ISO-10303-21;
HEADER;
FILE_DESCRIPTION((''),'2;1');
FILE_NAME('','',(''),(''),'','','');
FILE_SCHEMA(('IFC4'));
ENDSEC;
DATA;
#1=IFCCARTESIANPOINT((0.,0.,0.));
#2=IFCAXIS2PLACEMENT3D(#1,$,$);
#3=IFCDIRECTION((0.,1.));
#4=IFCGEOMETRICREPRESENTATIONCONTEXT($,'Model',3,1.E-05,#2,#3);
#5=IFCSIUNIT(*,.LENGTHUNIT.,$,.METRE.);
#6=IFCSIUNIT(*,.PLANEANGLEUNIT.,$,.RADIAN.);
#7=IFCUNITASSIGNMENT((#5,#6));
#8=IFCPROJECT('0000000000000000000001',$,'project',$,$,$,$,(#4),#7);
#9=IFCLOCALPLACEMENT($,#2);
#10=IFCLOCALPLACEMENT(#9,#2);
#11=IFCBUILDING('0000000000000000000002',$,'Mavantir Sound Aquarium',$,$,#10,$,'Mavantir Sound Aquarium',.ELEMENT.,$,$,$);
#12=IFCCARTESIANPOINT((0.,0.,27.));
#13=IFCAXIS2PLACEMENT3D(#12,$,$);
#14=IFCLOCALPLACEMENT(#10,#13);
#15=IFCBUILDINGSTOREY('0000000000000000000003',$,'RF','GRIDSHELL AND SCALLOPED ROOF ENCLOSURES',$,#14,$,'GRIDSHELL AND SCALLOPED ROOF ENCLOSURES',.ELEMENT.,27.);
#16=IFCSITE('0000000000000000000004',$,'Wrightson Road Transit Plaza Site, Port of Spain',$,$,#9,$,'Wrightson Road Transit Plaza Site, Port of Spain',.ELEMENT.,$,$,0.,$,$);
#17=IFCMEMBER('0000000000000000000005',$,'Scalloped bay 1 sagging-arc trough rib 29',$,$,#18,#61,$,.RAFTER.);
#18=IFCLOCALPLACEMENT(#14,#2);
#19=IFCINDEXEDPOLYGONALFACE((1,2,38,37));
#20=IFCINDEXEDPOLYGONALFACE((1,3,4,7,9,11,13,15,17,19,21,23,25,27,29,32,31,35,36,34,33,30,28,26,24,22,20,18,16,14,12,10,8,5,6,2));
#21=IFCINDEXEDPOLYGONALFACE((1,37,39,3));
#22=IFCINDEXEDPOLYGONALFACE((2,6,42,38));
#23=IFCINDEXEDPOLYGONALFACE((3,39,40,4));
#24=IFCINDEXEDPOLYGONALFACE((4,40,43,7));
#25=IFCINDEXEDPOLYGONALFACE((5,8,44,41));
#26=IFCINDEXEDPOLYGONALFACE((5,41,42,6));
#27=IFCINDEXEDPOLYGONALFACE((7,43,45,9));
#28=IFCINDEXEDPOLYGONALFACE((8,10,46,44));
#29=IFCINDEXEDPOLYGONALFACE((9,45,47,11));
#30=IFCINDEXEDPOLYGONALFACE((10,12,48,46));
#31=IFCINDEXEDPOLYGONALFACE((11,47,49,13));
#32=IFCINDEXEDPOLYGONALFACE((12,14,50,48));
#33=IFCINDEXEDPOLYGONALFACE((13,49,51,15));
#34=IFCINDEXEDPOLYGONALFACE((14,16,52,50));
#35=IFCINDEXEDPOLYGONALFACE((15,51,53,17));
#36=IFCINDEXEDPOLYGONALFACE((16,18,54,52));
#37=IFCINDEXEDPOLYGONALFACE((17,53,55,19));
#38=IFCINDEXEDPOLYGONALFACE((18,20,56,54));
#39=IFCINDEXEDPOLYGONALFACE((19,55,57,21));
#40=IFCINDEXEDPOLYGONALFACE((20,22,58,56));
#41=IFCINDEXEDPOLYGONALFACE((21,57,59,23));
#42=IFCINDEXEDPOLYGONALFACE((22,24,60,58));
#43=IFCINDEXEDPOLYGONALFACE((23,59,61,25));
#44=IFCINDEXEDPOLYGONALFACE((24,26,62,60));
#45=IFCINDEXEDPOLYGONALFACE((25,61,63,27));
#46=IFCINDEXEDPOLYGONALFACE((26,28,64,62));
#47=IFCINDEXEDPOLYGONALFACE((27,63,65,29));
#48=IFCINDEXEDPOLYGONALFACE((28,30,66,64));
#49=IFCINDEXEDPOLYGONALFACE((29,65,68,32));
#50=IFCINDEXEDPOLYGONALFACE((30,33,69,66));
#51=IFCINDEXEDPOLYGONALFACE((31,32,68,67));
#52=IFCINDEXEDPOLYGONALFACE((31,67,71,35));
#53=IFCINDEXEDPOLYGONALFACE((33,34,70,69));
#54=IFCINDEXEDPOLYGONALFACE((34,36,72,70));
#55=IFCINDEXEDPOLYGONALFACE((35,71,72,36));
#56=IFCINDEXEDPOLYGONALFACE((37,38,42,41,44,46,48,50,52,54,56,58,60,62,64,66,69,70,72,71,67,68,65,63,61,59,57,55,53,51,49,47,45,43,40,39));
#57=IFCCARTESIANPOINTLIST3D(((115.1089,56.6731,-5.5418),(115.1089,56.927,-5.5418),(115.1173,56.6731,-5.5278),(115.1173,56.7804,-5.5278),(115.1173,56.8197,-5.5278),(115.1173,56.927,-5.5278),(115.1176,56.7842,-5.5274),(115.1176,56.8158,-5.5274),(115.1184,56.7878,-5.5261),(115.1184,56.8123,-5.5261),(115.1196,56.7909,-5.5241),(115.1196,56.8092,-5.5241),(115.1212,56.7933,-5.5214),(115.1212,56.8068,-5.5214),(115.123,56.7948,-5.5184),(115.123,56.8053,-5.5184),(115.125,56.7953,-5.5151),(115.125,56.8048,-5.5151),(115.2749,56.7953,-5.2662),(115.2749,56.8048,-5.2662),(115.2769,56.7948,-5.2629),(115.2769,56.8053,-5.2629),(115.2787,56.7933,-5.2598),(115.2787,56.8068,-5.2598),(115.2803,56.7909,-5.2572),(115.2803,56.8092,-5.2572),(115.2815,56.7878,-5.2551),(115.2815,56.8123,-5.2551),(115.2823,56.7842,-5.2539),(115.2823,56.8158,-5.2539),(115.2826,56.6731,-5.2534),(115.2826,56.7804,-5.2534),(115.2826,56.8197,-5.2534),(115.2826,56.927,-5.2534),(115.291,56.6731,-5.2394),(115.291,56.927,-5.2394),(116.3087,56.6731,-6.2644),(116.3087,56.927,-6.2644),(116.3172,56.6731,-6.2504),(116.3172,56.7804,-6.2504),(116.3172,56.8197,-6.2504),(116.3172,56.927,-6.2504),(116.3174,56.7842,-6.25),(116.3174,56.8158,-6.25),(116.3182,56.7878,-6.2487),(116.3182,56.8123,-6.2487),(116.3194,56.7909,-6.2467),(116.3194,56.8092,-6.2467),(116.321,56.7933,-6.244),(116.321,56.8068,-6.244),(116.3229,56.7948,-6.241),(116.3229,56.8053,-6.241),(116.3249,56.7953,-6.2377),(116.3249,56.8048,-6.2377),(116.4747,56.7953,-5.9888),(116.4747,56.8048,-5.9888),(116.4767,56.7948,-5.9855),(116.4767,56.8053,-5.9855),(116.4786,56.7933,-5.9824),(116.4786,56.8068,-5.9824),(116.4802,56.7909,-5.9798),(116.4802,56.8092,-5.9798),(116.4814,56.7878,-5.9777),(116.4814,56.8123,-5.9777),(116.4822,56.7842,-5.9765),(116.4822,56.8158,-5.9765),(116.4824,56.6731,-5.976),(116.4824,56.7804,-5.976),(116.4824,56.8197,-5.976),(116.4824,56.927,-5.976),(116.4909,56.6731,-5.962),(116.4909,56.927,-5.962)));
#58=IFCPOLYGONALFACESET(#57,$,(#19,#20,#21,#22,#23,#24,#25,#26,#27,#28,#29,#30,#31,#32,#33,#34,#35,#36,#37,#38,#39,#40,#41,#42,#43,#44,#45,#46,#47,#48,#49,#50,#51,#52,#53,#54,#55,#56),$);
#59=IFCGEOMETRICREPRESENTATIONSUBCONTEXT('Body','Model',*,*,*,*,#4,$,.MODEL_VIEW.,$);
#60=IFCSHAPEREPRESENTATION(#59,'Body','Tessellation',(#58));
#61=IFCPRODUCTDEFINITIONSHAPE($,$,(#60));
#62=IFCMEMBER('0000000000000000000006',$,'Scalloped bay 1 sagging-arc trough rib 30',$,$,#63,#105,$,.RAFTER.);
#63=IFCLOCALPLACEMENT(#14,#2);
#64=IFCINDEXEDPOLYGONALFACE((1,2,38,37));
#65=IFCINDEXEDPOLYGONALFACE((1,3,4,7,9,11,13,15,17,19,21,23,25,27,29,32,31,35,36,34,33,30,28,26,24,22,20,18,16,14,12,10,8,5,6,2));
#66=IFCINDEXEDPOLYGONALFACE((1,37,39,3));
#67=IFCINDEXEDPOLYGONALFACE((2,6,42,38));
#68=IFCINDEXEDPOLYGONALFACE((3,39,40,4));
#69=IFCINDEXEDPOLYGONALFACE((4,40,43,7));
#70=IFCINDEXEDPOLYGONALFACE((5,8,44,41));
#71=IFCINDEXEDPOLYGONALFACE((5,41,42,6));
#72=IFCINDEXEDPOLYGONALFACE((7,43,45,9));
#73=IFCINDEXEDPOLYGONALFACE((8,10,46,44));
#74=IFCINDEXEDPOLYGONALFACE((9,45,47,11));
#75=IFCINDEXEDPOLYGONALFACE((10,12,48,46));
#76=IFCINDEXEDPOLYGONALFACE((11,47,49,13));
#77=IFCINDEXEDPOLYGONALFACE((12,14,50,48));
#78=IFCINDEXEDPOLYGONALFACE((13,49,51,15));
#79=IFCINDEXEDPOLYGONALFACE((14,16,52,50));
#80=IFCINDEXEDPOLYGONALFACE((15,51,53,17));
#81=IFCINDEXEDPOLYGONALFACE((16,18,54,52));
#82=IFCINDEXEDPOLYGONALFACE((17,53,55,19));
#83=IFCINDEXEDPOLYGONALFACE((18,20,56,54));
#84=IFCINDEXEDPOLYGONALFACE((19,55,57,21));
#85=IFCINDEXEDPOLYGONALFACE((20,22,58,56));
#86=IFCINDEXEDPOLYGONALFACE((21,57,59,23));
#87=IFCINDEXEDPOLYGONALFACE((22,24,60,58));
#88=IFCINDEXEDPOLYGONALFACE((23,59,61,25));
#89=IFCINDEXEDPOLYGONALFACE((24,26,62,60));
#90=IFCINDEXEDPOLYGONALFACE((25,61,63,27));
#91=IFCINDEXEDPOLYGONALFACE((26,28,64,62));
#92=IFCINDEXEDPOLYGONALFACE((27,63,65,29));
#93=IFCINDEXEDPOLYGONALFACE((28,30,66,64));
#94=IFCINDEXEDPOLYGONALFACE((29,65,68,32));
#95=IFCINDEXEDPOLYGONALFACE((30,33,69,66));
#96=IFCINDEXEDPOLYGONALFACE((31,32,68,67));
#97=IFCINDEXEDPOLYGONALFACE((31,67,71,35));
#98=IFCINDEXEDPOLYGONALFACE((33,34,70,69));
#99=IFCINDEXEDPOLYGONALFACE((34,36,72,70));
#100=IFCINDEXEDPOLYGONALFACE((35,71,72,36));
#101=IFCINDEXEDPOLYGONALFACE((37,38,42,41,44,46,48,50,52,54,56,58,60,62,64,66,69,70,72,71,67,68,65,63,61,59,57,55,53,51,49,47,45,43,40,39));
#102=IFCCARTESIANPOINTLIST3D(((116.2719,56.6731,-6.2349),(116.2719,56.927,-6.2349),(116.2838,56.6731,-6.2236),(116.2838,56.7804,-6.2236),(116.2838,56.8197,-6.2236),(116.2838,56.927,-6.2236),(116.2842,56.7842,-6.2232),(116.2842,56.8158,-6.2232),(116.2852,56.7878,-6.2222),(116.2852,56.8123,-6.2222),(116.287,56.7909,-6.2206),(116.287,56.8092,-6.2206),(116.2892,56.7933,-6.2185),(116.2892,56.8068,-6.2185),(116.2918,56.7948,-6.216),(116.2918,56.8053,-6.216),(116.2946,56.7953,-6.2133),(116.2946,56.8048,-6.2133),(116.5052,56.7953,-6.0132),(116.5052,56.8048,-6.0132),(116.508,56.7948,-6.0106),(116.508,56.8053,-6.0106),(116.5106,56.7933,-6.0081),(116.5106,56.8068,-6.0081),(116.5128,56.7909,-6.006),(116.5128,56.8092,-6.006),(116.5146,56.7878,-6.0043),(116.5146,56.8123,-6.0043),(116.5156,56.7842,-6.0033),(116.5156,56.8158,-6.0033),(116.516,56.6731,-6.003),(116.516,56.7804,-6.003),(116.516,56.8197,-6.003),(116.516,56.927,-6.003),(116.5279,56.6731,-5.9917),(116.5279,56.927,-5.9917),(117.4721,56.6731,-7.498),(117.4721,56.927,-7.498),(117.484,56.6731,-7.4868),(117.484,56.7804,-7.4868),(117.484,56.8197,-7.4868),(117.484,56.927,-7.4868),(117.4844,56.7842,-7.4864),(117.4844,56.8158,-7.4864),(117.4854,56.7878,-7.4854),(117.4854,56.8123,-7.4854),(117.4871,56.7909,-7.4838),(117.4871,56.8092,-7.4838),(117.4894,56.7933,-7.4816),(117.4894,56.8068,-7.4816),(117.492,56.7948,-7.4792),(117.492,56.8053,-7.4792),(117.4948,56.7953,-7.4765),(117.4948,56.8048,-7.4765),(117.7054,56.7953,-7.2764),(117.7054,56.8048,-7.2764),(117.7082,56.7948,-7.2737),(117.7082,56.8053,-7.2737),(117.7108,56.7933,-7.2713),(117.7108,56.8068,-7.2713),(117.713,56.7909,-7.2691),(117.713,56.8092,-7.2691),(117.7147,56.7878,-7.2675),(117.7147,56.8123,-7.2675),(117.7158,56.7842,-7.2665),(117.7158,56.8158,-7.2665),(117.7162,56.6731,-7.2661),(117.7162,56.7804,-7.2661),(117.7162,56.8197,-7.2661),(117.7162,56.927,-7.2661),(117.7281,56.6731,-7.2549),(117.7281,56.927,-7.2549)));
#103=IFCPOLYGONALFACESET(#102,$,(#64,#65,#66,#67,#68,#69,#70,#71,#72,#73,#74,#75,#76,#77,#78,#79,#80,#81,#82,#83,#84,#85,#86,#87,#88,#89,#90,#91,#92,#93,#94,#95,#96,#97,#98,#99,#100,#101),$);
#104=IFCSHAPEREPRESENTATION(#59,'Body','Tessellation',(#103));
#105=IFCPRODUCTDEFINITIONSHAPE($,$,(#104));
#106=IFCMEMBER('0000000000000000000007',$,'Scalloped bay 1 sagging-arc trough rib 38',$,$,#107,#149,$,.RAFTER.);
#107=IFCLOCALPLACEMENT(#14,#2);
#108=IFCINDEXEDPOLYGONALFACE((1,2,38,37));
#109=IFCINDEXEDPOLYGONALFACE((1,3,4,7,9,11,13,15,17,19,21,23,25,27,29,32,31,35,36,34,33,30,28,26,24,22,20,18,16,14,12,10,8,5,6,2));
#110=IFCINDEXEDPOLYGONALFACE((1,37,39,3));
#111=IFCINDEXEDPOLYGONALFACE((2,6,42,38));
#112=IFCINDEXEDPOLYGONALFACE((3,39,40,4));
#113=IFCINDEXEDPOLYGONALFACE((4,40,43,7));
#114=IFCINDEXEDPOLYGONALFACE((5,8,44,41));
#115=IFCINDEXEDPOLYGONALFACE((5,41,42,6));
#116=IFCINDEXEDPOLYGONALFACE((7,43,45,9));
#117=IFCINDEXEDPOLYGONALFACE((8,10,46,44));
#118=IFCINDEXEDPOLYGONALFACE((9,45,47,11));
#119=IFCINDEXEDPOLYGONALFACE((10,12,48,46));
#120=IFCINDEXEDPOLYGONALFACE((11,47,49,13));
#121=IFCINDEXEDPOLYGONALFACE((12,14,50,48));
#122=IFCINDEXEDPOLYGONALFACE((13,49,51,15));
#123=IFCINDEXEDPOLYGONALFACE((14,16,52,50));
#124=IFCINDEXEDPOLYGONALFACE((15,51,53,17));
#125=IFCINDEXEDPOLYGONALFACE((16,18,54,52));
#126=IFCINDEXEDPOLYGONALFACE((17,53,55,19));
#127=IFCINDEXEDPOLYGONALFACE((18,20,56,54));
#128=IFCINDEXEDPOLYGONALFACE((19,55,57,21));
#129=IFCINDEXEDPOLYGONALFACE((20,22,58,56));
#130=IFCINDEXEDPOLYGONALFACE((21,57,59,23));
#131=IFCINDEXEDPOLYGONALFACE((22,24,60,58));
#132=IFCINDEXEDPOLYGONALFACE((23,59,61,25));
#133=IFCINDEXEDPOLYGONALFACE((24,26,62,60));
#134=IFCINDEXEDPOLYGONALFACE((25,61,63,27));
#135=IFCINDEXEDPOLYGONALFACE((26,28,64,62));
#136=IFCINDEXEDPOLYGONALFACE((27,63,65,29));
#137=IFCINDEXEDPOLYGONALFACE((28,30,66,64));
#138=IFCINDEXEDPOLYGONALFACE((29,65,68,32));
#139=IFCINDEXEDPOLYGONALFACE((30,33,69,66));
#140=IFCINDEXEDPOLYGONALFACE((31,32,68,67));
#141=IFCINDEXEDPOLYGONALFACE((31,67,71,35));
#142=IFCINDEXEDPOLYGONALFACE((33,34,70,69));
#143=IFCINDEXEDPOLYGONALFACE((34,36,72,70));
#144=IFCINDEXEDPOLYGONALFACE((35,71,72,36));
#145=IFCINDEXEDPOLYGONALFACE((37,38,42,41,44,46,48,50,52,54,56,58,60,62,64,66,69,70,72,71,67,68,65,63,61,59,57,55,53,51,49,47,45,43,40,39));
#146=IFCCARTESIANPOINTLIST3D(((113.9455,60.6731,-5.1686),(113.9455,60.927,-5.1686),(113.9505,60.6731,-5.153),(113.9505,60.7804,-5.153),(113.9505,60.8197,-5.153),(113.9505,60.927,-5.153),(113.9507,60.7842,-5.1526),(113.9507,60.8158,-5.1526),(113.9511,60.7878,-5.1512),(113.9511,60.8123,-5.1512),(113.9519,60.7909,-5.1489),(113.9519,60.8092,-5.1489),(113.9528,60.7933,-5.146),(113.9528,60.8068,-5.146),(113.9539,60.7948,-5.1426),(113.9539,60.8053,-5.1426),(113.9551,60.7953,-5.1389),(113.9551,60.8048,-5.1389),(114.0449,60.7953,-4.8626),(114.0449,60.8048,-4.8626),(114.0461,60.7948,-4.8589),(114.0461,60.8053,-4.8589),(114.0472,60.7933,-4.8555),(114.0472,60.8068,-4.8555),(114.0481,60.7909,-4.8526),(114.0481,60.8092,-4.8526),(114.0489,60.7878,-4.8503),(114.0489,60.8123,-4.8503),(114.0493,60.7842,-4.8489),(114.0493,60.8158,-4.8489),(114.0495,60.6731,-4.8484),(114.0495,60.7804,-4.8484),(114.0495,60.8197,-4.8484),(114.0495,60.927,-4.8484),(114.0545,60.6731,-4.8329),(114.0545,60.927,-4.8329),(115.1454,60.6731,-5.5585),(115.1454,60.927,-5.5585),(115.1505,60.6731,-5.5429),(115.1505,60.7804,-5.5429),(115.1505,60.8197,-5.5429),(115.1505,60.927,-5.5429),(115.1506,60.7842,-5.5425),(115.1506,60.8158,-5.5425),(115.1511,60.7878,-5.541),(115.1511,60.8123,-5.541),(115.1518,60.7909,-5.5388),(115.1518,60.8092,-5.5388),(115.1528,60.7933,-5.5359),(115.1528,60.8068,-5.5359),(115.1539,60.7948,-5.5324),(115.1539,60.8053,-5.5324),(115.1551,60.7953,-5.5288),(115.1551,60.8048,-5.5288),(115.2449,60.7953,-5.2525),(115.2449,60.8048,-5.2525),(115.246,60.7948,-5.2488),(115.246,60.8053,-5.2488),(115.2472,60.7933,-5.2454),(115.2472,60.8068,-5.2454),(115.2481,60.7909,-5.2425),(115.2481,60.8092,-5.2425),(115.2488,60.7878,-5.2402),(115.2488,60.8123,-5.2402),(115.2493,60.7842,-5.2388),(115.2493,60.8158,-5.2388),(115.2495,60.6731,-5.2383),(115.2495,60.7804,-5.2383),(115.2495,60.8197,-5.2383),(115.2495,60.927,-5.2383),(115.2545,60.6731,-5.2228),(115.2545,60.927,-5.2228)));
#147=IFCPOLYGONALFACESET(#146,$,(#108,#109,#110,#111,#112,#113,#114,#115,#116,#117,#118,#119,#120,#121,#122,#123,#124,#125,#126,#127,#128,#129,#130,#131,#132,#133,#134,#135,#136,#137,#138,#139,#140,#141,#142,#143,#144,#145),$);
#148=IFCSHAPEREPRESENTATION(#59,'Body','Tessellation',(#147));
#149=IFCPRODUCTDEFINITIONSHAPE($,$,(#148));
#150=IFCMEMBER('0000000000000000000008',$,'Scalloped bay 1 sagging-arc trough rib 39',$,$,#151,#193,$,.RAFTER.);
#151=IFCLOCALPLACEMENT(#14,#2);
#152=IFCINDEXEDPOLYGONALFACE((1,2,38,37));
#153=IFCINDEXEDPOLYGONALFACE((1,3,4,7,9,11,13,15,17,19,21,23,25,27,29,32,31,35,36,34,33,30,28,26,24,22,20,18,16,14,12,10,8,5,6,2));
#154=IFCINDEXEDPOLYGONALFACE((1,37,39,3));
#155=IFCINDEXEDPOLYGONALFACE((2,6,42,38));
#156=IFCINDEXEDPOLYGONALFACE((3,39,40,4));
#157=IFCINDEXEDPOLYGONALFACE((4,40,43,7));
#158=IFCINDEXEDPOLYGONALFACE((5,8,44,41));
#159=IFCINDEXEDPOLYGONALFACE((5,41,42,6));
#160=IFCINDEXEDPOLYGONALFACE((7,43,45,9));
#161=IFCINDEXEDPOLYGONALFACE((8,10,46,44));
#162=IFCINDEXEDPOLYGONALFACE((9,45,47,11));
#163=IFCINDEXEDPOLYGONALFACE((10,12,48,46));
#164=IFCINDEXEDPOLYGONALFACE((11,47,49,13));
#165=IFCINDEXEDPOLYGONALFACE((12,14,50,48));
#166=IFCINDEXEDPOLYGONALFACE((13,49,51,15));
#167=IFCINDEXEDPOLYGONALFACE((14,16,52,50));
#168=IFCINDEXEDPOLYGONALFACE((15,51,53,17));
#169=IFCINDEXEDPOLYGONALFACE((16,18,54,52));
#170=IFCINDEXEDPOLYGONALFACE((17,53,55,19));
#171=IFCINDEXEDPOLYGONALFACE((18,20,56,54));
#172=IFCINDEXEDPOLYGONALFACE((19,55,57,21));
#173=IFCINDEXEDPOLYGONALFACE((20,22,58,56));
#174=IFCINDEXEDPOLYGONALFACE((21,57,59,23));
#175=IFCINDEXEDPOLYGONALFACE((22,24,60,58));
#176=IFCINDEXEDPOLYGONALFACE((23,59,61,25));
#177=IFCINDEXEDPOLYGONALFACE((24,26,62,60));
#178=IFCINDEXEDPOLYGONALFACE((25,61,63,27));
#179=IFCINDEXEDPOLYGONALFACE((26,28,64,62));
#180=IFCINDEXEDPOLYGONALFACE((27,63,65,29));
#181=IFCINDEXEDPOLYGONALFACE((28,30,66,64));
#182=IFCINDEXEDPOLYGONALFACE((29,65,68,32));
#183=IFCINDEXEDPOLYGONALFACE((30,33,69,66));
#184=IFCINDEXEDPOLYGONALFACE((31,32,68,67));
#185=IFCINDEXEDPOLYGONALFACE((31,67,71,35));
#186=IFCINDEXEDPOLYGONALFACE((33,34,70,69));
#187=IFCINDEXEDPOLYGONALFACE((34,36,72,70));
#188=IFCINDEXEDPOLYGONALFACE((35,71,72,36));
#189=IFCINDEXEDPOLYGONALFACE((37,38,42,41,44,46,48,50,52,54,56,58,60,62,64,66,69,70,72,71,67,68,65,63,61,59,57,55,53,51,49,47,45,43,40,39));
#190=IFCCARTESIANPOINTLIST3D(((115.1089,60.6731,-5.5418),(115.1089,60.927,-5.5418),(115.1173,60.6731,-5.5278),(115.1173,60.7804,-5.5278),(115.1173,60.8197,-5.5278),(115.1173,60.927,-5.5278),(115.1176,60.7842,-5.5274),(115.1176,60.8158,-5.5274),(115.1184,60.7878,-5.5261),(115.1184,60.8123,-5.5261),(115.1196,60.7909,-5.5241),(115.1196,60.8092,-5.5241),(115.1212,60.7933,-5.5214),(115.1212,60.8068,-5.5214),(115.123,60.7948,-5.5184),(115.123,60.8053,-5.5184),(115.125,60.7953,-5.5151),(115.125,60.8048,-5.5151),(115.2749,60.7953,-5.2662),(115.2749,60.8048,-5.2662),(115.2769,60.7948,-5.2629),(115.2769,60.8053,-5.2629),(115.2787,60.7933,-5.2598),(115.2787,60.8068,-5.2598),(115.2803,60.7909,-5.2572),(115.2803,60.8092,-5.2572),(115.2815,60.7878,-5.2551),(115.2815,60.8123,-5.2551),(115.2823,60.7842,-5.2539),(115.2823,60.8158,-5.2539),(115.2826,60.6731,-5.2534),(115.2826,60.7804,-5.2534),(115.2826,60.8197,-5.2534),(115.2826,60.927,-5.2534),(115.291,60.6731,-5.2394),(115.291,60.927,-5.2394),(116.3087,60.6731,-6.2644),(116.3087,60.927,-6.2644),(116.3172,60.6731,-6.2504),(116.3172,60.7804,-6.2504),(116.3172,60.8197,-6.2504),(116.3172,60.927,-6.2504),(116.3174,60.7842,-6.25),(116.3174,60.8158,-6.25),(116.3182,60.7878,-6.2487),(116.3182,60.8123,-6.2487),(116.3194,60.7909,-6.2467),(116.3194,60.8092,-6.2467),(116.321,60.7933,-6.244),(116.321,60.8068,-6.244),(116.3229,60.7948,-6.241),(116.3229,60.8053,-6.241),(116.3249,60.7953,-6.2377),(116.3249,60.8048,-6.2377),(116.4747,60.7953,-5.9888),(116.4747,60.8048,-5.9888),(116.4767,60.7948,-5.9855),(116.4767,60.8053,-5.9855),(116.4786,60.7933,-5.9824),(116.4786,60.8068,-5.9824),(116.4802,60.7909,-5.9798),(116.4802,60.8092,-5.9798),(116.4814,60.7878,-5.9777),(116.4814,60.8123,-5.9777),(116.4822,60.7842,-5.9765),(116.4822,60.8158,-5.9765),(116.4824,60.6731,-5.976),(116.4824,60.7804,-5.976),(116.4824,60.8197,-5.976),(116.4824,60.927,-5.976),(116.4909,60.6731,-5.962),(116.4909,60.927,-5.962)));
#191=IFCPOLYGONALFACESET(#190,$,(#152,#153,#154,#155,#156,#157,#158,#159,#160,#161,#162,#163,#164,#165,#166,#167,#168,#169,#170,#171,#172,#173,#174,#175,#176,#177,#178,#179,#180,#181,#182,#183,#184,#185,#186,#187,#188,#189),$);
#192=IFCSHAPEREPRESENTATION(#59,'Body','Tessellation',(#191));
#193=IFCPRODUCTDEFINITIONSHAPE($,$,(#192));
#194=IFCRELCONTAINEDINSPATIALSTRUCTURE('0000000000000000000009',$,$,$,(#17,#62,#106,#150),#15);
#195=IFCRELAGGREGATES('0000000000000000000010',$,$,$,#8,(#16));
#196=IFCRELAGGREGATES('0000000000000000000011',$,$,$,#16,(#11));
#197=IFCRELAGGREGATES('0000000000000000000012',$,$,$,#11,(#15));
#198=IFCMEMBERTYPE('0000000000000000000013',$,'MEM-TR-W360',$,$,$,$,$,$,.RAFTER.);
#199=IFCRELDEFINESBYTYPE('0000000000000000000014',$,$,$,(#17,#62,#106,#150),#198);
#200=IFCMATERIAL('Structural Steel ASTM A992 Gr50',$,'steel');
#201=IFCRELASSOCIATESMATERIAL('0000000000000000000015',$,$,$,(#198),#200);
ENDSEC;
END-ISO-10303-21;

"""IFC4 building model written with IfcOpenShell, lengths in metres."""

from ifc_helpers import new_model, si_unit, direction, frame, origin, origin_2d, place, context, subcontext, project, spatial, i_section, extrude, material, material_profile, profile_set, type_object, element, save


model = new_model("IFC4")

# Units and contexts
model_context = context("Model", 3, precision=1e-05, world=origin(), true_north=direction((0.0, 1.0)))
body_context = subcontext(model_context, "Body", "Model", "MODEL_VIEW")
ifc_project = project(units=[si_unit("LENGTHUNIT", "METRE"), si_unit("PLANEANGLEUNIT", "RADIAN")], contexts=[model_context])

# Site, building, storey
site_placement = place(None, origin())
site = spatial("IfcSite", under=ifc_project, at=site_placement, Name="Wrightson Road Transit Plaza Site, Port of Spain", LongName="Wrightson Road Transit Plaza Site, Port of Spain", CompositionType="ELEMENT", RefElevation=0.0)
building_placement = place(site_placement, origin())
building = spatial("IfcBuilding", under=site, at=building_placement, Name="Mavantir Sound Aquarium", LongName="Mavantir Sound Aquarium", CompositionType="ELEMENT")
storey_placement = place(building_placement, frame((0.0, 0.0, 27.0)))
storey = spatial("IfcBuildingStorey", under=building, at=storey_placement, Name="RF", Description="GRIDSHELL AND SCALLOPED ROOF ENCLOSURES", LongName="GRIDSHELL AND SCALLOPED ROOF ENCLOSURES", CompositionType="ELEMENT", Elevation=27.0)

# Shared definitions
ifc_material_1 = material(Name="Structural Steel ASTM A992 Gr50", Category="steel")

# Members
ifc_material_profile_1 = material_profile(ifc_material_1, i_section(OverallWidth=0.2539, OverallDepth=0.353, WebThickness=0.0095, FlangeThickness=0.0164, FilletRadius=0.0149, at=origin_2d()), Name="W360X91")
ifc_profile_set_1 = profile_set([ifc_material_profile_1], Name="Structural Steel ASTM A992 Gr50")
member_type_1 = type_object("IfcMemberType", Name="MEM-TR-W360", PredefinedType="RAFTER", material=ifc_profile_set_1)
member_1_placement = place(storey_placement, frame((115.2, 56.8, -5.3906), z_axis=(0.856646, 0.0, -0.515905), x_axis=(0.0, 1.0, 0.0)))
element("IfcMember", 1, at=member_1_placement, inside=storey, type_object=member_type_1, Name="Scalloped bay 1 sagging-arc trough rib 29", PredefinedType="RAFTER", context=body_context, shape_type="SweptSolid", body=[
    extrude(i_section(OverallWidth=0.2539, OverallDepth=0.353, WebThickness=0.0095, FlangeThickness=0.0164, FilletRadius=0.0149, at=origin_2d()), origin(), (0.0, 0.0, 1.0), 1.4006),
])
member_2_placement = place(storey_placement, frame((116.3999, 56.8, -6.1133), z_axis=(0.688801, 0.0, -0.72495), x_axis=(0.0, 1.0, 0.0)))
element("IfcMember", 2, at=member_2_placement, inside=storey, type_object=member_type_1, Name="Scalloped bay 1 sagging-arc trough rib 30", PredefinedType="RAFTER", context=body_context, shape_type="SweptSolid", body=[
    extrude(i_section(OverallWidth=0.2539, OverallDepth=0.353, WebThickness=0.0095, FlangeThickness=0.0164, FilletRadius=0.0149, at=origin_2d()), origin(), (0.0, 0.0, 1.0), 1.7424),
])
member_3_placement = place(storey_placement, frame((114.0, 60.8, -5.0007), z_axis=(0.951055, 0.0, -0.30902), x_axis=(0.0, 1.0, 0.0)))
element("IfcMember", 3, at=member_3_placement, inside=storey, type_object=member_type_1, Name="Scalloped bay 1 sagging-arc trough rib 38", PredefinedType="RAFTER", context=body_context, shape_type="SweptSolid", body=[
    extrude(i_section(OverallWidth=0.2539, OverallDepth=0.353, WebThickness=0.0095, FlangeThickness=0.0164, FilletRadius=0.0149, at=origin_2d()), origin(), (0.0, 0.0, 1.0), 1.2617),
])
member_4_placement = place(storey_placement, frame((115.2, 60.8, -5.3906), z_axis=(0.856646, 0.0, -0.515905), x_axis=(0.0, 1.0, 0.0)))
element("IfcMember", 4, at=member_4_placement, inside=storey, type_object=member_type_1, Name="Scalloped bay 1 sagging-arc trough rib 39", PredefinedType="RAFTER", context=body_context, shape_type="SweptSolid", body=[
    extrude(i_section(OverallWidth=0.2539, OverallDepth=0.353, WebThickness=0.0095, FlangeThickness=0.0164, FilletRadius=0.0149, at=origin_2d()), origin(), (0.0, 0.0, 1.0), 1.4006),
])

save(model, "model.ifc")
